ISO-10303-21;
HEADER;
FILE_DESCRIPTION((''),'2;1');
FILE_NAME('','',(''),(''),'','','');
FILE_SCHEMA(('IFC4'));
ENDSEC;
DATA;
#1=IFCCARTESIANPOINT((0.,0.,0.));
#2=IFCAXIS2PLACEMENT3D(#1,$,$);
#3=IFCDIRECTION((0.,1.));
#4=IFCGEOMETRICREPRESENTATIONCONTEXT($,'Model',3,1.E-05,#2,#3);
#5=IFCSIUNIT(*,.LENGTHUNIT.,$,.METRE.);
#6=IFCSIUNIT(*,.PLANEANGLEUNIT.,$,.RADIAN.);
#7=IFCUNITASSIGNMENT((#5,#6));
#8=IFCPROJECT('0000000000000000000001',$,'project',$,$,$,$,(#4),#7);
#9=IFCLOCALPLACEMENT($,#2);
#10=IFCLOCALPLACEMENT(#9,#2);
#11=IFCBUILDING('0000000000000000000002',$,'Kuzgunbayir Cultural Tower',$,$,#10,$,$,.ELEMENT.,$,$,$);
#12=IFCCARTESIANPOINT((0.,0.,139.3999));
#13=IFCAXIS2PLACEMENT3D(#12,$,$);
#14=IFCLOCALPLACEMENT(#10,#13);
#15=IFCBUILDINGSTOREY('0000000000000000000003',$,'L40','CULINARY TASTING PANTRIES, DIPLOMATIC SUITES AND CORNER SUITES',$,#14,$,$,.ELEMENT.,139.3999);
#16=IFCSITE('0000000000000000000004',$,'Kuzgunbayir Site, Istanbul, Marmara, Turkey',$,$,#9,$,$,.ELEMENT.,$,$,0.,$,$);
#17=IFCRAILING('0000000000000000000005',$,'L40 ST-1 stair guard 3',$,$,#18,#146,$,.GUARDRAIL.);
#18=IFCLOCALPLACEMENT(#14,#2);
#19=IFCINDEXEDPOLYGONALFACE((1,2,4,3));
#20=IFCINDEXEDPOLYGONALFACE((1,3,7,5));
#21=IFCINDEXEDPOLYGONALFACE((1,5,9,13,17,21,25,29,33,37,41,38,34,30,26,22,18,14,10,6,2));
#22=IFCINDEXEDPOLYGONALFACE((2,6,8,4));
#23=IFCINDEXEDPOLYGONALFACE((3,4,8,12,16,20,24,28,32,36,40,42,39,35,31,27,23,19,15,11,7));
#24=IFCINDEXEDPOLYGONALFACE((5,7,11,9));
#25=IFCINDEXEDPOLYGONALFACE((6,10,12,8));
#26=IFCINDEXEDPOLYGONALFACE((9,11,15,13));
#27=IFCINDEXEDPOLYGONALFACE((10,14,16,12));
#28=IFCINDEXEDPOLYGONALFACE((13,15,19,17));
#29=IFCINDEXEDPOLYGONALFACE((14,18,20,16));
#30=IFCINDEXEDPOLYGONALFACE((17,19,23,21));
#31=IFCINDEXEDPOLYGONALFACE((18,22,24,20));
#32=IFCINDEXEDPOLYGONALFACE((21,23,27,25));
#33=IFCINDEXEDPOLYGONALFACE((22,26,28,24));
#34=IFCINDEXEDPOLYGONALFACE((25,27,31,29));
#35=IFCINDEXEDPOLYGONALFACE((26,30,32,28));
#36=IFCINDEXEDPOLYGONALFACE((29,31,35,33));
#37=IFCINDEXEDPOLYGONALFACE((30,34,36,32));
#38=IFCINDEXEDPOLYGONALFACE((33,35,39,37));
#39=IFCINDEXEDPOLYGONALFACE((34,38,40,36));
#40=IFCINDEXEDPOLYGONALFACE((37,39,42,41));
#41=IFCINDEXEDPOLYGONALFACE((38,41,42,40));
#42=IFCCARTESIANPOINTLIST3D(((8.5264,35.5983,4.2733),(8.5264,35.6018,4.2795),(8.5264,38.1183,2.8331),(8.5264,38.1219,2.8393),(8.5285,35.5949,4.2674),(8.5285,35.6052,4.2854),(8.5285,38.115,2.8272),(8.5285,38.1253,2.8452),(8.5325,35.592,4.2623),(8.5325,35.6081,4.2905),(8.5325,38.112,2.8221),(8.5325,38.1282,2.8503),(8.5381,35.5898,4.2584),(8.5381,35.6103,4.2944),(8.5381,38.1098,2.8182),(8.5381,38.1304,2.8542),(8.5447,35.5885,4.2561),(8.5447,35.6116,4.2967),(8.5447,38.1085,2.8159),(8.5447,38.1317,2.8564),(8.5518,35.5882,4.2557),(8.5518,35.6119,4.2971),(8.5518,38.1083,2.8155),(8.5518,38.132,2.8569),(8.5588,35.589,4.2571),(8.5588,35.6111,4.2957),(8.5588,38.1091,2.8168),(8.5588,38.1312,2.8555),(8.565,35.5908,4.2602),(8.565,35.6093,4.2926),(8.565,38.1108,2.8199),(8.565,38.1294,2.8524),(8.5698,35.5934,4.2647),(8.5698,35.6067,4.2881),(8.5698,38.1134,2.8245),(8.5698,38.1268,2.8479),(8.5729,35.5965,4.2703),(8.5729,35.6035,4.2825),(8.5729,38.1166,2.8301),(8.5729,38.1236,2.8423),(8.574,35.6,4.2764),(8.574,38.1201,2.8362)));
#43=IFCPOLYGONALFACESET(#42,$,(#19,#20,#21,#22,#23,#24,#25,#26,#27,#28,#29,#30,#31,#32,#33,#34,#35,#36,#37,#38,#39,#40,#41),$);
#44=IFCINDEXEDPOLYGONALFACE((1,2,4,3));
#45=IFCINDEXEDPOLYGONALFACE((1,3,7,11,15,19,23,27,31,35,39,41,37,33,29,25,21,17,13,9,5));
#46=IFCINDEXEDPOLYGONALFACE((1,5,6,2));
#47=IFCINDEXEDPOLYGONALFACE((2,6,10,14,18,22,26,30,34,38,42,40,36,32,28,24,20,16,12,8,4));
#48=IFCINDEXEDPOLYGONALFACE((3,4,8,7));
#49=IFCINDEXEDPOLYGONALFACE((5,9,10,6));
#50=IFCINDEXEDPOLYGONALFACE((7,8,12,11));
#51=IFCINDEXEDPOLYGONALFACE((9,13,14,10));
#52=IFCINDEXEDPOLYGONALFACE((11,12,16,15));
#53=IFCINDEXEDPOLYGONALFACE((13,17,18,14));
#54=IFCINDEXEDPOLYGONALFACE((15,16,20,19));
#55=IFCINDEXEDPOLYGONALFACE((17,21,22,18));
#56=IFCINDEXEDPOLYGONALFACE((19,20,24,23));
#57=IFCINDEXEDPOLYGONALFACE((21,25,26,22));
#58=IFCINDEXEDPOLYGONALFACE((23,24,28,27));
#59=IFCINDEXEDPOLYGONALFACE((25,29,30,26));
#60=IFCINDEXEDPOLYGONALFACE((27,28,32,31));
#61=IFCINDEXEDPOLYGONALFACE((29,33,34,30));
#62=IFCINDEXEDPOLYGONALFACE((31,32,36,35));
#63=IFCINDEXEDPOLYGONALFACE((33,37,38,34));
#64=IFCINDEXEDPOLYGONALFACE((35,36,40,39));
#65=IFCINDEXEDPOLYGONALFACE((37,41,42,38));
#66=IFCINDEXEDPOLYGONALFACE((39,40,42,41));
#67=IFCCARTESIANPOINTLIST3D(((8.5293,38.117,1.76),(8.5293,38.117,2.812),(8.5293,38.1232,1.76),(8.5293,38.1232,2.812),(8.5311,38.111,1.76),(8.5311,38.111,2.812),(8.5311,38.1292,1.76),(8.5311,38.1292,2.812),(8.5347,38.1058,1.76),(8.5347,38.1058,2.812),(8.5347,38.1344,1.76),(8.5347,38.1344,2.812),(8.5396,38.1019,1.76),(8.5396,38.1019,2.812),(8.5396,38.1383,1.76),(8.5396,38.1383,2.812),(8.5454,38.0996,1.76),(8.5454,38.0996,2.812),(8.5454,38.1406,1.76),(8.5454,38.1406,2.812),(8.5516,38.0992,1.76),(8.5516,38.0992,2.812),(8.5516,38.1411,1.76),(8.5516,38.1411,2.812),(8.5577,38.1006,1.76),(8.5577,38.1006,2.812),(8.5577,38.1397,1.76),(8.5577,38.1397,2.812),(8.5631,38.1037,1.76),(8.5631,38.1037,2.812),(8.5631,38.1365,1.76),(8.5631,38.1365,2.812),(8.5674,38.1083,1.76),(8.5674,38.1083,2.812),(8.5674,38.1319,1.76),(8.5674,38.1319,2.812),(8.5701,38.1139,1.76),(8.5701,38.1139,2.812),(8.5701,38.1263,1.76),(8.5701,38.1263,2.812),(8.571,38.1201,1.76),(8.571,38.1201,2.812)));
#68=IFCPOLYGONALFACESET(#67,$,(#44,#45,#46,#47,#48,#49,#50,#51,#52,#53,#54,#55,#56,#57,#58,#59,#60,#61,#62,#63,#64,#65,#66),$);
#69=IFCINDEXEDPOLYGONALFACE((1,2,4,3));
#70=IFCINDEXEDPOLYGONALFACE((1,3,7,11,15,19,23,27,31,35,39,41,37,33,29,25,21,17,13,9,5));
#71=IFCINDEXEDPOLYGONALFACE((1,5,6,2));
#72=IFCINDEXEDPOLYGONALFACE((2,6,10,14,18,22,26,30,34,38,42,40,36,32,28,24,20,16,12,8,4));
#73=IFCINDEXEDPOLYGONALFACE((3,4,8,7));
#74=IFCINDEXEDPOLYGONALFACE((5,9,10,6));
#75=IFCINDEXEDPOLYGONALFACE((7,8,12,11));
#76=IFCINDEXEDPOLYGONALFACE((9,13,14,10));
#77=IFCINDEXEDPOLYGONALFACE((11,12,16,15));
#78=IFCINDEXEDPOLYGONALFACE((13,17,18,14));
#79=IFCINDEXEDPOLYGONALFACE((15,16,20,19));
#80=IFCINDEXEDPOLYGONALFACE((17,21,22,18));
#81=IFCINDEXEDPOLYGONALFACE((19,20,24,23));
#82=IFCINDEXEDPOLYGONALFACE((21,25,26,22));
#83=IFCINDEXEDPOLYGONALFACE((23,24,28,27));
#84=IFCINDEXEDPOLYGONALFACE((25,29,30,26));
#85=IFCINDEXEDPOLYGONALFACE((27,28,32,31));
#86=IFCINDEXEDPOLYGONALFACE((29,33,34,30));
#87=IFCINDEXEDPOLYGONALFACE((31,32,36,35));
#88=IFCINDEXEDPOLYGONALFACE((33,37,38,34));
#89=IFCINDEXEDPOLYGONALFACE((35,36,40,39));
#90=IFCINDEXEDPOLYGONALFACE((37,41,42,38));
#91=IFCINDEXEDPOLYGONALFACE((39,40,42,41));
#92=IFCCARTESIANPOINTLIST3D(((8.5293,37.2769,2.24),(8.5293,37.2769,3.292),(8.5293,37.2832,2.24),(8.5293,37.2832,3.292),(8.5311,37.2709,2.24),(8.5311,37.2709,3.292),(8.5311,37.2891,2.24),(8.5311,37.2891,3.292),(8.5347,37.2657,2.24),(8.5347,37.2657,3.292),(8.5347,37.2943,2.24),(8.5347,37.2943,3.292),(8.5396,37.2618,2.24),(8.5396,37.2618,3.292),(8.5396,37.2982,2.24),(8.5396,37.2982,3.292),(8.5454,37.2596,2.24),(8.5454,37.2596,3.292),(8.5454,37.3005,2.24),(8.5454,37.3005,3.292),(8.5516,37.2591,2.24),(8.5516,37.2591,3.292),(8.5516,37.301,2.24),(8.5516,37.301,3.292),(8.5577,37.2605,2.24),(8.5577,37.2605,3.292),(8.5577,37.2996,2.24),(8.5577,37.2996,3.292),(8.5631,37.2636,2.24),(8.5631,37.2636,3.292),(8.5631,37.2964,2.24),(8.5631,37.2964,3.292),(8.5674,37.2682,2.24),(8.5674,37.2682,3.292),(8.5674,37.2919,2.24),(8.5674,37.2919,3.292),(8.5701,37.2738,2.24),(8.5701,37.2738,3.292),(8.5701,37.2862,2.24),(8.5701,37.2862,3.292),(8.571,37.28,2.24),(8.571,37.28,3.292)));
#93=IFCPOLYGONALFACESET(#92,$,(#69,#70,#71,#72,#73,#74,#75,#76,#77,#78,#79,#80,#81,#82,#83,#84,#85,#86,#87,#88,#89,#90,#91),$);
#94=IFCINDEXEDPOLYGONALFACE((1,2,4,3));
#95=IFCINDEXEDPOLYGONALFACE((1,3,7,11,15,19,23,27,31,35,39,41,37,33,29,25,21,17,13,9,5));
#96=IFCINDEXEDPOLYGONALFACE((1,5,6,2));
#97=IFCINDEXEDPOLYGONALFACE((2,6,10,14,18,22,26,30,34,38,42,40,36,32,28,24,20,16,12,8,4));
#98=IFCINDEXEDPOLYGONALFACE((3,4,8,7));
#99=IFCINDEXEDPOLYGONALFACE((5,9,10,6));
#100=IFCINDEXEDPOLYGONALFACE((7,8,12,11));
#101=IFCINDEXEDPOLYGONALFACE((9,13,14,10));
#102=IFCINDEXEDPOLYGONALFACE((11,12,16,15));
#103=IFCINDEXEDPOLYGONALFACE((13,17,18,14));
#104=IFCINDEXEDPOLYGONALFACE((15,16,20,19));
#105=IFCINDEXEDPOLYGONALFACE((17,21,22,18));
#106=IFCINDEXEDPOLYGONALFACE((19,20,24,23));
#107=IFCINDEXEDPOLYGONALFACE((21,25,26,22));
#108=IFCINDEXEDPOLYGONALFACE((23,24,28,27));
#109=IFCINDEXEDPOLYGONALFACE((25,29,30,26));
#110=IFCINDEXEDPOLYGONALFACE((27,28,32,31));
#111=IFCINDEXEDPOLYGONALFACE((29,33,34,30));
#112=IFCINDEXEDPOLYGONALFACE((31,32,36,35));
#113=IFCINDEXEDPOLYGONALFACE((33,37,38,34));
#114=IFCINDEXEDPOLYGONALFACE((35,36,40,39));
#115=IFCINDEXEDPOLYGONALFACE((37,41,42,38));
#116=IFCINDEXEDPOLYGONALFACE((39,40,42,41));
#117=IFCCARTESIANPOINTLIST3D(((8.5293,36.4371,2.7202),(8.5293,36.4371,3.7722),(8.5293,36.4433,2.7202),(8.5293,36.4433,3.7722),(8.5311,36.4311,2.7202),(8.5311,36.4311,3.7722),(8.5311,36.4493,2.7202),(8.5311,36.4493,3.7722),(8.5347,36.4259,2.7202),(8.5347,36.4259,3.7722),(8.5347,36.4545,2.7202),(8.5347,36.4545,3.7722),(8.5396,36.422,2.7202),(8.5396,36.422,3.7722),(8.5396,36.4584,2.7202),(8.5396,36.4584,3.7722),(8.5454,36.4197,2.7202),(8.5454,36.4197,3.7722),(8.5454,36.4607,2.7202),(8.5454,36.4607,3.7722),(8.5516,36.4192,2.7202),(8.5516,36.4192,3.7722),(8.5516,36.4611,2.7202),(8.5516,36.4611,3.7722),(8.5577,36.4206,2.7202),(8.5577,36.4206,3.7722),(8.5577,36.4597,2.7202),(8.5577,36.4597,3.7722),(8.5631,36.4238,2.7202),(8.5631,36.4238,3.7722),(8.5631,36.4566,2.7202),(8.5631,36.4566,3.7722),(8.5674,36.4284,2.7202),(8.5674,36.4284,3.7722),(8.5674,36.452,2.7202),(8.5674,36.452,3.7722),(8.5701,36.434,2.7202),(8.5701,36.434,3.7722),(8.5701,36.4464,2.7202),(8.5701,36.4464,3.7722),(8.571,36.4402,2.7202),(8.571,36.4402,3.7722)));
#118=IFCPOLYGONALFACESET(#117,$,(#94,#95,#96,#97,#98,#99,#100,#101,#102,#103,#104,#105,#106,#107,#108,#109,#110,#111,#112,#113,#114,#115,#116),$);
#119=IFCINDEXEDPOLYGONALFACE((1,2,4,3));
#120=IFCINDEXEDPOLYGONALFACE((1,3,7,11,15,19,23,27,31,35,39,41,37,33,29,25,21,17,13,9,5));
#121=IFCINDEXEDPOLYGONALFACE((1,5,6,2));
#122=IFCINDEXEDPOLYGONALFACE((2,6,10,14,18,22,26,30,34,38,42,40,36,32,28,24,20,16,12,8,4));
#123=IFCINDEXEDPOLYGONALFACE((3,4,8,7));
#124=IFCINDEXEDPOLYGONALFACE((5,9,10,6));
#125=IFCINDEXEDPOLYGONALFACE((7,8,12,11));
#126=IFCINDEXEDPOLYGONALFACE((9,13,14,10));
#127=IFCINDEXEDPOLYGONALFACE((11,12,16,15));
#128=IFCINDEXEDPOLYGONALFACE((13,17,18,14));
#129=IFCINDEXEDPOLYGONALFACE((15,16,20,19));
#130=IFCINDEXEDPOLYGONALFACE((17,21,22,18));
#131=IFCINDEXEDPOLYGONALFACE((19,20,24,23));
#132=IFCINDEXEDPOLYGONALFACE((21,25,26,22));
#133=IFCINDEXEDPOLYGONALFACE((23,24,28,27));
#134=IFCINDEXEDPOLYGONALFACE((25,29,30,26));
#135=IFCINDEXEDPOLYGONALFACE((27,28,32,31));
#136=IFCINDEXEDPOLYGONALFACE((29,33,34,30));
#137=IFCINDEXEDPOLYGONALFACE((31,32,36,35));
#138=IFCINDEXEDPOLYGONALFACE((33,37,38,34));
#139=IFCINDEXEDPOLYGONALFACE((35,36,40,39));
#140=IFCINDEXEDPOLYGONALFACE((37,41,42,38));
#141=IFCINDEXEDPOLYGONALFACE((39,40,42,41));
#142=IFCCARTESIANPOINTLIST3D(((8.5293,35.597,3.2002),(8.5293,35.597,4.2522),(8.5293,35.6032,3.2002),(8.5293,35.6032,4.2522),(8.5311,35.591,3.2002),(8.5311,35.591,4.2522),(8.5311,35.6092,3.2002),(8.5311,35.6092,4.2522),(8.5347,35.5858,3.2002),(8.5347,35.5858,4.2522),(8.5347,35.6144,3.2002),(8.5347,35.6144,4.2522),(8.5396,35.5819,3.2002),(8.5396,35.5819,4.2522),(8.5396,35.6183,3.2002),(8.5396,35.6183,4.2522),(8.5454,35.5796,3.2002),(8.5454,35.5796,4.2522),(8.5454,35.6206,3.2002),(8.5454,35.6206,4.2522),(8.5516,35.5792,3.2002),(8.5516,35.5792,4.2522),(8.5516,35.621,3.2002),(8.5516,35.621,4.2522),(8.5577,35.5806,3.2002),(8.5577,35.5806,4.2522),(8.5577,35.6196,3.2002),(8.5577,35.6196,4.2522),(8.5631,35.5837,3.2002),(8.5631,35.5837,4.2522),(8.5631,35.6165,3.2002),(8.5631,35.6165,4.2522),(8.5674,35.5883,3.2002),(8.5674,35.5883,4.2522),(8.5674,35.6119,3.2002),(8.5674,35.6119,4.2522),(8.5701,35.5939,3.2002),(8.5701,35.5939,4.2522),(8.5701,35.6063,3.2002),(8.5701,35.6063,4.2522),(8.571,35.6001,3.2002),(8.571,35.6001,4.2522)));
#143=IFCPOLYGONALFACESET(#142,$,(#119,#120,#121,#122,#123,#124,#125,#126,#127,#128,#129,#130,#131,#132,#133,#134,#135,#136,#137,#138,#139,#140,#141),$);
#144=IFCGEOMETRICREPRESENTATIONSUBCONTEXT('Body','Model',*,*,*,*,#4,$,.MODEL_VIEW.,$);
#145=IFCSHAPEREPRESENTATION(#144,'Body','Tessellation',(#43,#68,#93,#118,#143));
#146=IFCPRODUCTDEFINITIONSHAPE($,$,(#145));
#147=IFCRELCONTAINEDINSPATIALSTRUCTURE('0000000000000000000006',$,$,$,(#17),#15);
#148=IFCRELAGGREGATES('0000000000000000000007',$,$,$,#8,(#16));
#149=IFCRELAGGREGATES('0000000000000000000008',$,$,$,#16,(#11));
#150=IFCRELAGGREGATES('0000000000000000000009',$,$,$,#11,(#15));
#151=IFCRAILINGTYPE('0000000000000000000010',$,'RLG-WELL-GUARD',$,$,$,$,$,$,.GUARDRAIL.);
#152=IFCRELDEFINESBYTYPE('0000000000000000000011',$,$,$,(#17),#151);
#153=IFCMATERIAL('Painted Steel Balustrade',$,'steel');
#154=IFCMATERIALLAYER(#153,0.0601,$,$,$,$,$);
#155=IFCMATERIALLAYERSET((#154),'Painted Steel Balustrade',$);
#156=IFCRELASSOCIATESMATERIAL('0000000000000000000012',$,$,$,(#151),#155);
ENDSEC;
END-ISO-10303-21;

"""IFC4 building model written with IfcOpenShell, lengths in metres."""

from ifc_helpers import new_model, si_unit, direction, frame, origin, origin_2d, place, context, subcontext, project, spatial, circle, extrude, material, layer, layer_set, type_object, element, save


model = new_model("IFC4")

# Units and contexts
model_context = context("Model", 3, precision=1e-05, world=origin(), true_north=direction((0.0, 1.0)))
body_context = subcontext(model_context, "Body", "Model", "MODEL_VIEW")
ifc_project = project(units=[si_unit("LENGTHUNIT", "METRE"), si_unit("PLANEANGLEUNIT", "RADIAN")], contexts=[model_context])

# Site, building, storey
site_placement = place(None, origin())
site = spatial("IfcSite", under=ifc_project, at=site_placement, Name="Kuzgunbayir Site, Istanbul, Marmara, Turkey", CompositionType="ELEMENT", RefElevation=0.0)
building_placement = place(site_placement, origin())
building = spatial("IfcBuilding", under=site, at=building_placement, Name="Kuzgunbayir Cultural Tower", CompositionType="ELEMENT")
storey_placement = place(building_placement, frame((0.0, 0.0, 139.3999)))
storey = spatial("IfcBuildingStorey", under=building, at=storey_placement, Name="L40", Description="CULINARY TASTING PANTRIES, DIPLOMATIC SUITES AND CORNER SUITES", CompositionType="ELEMENT", Elevation=139.3999)

# Railing
ifc_material_1 = material(Name="Painted Steel Balustrade", Category="steel")
ifc_layer_1 = layer(ifc_material_1, 0.0601)
ifc_layer_set_1 = layer_set([ifc_layer_1], Name="Painted Steel Balustrade")
railing_type_1 = type_object("IfcRailingType", Name="RLG-WELL-GUARD", PredefinedType="GUARDRAIL", material=ifc_layer_set_1)
railing_1_placement = place(storey_placement, frame((8.55, 38.1201, 1.76)))
element("IfcRailing", 1, at=railing_1_placement, inside=storey, type_object=railing_type_1, Name="L40 ST-1 stair guard 3", PredefinedType="GUARDRAIL", context=body_context, shape_type="SweptSolid", body=[
    extrude(circle(Radius=0.0239, at=origin_2d()), frame((0.0, 0.0, 1.0762), z_axis=(0.0, -0.868217, 0.496184), x_axis=(1.0, 0.0, 0.0)), (0.0, 0.0, 1.0), 2.9026),
    extrude(circle(Radius=0.021, at=origin_2d()), origin(), (0.0, 0.0, 1.0), 1.052),
    extrude(circle(Radius=0.021, at=origin_2d()), frame((0.0, -0.8401, 0.48)), (0.0, 0.0, 1.0), 1.052),
    extrude(circle(Radius=0.021, at=origin_2d()), frame((0.0, -1.6799, 0.9602)), (0.0, 0.0, 1.0), 1.052),
    extrude(circle(Radius=0.021, at=origin_2d()), frame((0.0, -2.52, 1.4402)), (0.0, 0.0, 1.0), 1.052),
])

save(model, "model.ifc")
